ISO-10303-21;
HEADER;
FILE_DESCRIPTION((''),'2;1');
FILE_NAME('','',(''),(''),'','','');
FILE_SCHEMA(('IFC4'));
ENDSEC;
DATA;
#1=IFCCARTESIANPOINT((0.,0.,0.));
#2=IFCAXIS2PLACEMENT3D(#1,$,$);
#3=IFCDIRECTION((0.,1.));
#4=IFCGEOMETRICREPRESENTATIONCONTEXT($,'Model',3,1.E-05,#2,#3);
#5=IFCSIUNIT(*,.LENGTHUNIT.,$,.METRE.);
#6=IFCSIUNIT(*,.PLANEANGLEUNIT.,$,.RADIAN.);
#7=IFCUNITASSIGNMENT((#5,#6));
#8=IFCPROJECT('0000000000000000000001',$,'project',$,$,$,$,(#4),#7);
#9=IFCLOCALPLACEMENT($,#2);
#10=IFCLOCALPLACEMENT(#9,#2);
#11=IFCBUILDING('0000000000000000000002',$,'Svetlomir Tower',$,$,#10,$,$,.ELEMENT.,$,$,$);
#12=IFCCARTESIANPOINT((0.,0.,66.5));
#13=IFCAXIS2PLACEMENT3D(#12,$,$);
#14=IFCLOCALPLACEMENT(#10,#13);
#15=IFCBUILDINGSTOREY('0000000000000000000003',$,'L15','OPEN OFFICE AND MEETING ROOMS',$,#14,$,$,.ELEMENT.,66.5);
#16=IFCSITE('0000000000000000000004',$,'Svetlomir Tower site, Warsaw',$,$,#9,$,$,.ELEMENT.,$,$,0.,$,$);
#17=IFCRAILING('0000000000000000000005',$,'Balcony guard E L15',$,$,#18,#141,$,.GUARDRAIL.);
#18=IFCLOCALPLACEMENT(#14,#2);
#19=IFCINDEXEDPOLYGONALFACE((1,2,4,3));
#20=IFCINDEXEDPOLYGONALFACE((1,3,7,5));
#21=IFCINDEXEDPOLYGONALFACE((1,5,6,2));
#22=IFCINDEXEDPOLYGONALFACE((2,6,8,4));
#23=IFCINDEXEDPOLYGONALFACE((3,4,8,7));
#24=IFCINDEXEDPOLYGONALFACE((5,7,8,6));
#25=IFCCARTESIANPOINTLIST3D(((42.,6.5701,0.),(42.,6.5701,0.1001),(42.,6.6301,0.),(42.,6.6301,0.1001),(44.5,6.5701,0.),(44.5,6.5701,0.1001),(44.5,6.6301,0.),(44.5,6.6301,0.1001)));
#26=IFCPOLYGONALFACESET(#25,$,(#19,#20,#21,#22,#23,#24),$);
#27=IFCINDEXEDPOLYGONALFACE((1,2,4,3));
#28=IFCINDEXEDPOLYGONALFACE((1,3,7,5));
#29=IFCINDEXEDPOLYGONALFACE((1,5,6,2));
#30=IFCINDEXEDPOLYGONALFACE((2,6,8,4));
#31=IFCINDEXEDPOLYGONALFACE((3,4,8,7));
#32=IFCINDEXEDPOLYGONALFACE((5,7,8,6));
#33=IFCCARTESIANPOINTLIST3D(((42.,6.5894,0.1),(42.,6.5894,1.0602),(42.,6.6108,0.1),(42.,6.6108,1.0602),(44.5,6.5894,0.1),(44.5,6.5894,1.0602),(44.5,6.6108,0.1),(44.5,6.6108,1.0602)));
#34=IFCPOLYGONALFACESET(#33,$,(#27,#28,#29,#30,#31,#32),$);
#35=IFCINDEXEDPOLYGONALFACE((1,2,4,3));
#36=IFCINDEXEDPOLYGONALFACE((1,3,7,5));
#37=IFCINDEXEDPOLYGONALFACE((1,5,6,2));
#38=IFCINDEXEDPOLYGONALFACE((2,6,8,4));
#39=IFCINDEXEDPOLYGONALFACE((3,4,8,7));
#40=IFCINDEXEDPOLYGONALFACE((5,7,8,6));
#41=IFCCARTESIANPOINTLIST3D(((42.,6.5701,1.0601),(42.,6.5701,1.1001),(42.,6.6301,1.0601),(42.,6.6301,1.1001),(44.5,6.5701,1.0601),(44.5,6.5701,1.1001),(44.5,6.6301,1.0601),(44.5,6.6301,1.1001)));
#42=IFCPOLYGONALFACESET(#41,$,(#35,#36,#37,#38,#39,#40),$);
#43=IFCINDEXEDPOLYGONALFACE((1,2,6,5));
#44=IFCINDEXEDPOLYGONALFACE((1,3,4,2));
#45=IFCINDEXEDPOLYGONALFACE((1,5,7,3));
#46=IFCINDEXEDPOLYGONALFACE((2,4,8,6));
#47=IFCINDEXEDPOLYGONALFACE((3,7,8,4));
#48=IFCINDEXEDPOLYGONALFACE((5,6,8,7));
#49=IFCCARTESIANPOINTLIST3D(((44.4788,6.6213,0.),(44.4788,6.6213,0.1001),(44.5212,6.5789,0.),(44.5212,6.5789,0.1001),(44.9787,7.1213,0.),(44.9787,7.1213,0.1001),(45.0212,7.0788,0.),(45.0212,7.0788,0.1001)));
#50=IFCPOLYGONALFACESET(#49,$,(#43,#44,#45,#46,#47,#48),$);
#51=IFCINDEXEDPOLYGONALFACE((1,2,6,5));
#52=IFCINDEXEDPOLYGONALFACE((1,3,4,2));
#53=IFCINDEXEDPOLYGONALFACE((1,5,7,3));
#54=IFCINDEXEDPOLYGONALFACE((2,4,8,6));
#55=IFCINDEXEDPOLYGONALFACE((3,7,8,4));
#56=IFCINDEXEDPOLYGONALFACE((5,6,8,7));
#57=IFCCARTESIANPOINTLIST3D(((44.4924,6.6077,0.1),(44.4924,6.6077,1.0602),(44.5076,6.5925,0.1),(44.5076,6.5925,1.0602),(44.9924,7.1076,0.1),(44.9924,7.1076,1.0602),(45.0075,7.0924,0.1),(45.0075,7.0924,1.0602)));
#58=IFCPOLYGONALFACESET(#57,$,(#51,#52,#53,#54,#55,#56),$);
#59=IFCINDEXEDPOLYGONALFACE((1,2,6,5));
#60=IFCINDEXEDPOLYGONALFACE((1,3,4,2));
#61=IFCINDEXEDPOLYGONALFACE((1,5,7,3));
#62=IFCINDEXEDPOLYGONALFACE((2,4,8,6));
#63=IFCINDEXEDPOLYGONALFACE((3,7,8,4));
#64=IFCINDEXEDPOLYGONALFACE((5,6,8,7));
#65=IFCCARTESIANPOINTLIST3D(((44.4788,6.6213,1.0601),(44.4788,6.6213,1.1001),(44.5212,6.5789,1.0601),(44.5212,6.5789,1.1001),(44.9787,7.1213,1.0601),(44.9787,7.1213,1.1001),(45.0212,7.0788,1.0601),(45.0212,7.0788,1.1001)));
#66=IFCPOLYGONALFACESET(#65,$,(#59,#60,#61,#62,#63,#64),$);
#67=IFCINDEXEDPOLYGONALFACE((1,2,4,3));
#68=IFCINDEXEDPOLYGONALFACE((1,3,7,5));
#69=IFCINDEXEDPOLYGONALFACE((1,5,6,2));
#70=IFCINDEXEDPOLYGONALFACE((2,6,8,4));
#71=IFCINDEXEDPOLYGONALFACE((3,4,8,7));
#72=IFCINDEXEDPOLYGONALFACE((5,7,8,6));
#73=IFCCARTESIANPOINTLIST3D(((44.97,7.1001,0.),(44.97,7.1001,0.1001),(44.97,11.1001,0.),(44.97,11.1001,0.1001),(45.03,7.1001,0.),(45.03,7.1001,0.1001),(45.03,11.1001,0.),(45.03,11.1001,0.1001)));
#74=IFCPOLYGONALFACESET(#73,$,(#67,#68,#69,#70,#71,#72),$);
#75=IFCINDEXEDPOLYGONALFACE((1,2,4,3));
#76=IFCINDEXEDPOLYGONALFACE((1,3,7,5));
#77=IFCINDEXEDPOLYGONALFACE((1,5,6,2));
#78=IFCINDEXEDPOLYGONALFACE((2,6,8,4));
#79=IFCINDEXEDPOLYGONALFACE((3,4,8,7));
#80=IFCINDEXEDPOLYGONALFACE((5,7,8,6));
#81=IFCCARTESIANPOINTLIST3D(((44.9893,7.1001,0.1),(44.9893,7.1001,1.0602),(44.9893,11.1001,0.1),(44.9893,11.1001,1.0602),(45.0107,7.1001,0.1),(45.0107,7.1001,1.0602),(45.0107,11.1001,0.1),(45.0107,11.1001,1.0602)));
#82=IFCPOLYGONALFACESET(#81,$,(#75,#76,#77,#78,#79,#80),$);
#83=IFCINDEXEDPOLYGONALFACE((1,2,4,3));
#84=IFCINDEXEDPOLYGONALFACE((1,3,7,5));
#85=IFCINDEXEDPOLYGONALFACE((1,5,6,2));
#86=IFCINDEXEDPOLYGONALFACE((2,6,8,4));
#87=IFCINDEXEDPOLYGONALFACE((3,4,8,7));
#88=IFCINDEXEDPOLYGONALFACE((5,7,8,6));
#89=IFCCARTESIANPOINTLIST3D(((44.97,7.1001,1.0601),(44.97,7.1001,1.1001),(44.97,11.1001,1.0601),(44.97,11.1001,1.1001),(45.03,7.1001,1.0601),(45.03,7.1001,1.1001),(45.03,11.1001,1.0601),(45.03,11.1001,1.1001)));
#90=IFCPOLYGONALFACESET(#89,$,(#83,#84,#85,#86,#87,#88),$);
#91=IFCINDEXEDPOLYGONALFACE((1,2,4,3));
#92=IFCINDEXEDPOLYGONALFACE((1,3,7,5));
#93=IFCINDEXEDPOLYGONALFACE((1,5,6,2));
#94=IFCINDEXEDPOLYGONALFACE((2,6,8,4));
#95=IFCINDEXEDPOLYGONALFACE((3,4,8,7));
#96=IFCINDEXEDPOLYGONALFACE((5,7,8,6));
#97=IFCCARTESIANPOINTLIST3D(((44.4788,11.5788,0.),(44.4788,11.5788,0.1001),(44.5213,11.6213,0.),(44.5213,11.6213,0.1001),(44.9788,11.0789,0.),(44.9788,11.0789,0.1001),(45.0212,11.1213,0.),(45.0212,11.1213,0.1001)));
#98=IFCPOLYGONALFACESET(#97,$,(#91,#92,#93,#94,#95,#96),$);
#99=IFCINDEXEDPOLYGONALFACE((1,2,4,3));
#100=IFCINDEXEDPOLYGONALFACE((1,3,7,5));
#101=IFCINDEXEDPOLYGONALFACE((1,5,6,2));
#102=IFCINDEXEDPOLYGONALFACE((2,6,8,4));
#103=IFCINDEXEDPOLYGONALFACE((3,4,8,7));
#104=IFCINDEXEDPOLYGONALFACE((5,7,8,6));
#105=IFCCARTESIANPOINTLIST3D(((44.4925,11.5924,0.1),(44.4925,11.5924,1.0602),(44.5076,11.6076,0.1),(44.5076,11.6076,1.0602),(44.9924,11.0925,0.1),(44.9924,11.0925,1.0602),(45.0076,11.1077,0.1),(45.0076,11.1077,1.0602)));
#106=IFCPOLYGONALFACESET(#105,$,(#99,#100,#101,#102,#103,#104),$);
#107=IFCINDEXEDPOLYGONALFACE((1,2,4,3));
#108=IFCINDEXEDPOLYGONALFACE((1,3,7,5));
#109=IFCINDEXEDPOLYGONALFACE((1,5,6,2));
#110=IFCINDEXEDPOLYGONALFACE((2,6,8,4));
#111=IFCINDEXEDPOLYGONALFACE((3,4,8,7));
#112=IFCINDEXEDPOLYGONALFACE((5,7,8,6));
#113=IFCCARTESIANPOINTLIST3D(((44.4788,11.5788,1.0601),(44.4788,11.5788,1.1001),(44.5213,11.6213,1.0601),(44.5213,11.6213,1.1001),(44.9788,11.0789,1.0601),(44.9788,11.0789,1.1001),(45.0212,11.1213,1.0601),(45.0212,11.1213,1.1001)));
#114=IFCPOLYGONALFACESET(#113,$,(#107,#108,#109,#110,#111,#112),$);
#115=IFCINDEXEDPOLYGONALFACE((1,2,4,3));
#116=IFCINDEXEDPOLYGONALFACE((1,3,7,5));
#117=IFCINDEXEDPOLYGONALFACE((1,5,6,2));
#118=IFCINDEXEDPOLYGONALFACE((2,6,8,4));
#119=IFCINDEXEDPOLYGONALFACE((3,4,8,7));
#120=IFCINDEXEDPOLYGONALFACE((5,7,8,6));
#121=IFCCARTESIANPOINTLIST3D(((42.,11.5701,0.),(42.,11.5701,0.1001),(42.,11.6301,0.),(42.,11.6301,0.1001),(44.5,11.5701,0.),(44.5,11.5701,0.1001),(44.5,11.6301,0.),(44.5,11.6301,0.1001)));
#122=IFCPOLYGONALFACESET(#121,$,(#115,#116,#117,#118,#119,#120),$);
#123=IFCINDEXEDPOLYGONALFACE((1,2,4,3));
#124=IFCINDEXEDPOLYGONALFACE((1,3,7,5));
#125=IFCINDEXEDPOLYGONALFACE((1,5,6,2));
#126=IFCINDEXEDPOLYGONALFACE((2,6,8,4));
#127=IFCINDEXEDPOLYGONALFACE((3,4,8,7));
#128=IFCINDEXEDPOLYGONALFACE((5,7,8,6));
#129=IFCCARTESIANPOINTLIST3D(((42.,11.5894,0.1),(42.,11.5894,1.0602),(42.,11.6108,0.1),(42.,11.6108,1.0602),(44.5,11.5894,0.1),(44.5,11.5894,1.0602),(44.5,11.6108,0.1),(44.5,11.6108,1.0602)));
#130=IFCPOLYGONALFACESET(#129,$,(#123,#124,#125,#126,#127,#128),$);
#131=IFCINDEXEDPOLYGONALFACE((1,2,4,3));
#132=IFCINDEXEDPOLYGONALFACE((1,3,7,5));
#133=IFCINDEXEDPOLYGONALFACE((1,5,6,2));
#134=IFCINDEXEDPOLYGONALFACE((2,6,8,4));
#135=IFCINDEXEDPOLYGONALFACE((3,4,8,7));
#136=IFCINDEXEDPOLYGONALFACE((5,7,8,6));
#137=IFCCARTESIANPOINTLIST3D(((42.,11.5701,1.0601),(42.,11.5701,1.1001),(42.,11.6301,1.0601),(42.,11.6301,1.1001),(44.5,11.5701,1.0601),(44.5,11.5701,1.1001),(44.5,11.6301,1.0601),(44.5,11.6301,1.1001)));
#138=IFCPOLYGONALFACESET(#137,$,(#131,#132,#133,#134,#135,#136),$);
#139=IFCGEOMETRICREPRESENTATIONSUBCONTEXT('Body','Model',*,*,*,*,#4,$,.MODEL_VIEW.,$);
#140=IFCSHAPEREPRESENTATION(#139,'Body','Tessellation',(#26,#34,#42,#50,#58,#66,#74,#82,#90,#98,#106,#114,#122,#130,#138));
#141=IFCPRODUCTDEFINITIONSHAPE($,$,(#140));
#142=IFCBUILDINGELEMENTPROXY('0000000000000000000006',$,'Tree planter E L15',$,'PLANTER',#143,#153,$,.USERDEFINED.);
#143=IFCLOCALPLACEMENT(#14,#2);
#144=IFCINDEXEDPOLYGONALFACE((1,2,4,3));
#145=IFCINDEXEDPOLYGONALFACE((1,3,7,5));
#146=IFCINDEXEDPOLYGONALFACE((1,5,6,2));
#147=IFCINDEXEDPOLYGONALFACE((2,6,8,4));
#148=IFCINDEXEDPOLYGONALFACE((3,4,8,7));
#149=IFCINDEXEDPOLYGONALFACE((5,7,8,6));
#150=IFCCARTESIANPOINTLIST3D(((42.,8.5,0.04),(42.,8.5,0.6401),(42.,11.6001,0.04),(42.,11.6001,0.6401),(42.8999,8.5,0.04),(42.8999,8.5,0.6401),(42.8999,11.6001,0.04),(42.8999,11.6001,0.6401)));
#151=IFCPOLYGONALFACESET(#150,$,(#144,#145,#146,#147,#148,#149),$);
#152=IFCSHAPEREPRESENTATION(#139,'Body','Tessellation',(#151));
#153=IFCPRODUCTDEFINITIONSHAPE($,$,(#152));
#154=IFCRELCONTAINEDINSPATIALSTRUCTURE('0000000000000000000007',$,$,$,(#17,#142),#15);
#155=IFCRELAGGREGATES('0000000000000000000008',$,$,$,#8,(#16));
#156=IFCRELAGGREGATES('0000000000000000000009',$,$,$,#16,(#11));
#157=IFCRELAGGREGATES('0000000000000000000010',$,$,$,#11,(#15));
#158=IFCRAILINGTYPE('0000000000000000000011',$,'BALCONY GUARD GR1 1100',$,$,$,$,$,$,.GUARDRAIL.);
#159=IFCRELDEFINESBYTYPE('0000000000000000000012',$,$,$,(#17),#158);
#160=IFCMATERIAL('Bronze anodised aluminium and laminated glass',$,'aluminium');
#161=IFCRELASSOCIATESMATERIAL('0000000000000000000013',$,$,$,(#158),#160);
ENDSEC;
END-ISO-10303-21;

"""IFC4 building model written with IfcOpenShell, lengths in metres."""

from ifc_helpers import new_model, si_unit, direction, frame, origin, origin_2d, place, context, subcontext, project, spatial, rectangle, extrude, material, type_object, element, save


model = new_model("IFC4")

# Units and contexts
model_context = context("Model", 3, precision=1e-05, world=origin(), true_north=direction((0.0, 1.0)))
body_context = subcontext(model_context, "Body", "Model", "MODEL_VIEW")
ifc_project = project(units=[si_unit("LENGTHUNIT", "METRE"), si_unit("PLANEANGLEUNIT", "RADIAN")], contexts=[model_context])

# Site, building, storey
site_placement = place(None, origin())
site = spatial("IfcSite", under=ifc_project, at=site_placement, Name="Svetlomir Tower site, Warsaw", CompositionType="ELEMENT", RefElevation=0.0)
building_placement = place(site_placement, origin())
building = spatial("IfcBuilding", under=site, at=building_placement, Name="Svetlomir Tower", CompositionType="ELEMENT")
storey_placement = place(building_placement, frame((0.0, 0.0, 66.5)))
storey = spatial("IfcBuildingStorey", under=building, at=storey_placement, Name="L15", Description="OPEN OFFICE AND MEETING ROOMS", CompositionType="ELEMENT", Elevation=66.5)

# Railing
ifc_material_1 = material(Name="Bronze anodised aluminium and laminated glass", Category="aluminium")
railing_type = type_object("IfcRailingType", Name="BALCONY GUARD GR1 1100", PredefinedType="GUARDRAIL", material=ifc_material_1)
railing_placement = place(storey_placement, frame((42.0, 6.6001, 0.0)))
element("IfcRailing", 1, at=railing_placement, inside=storey, type_object=railing_type, Name="Balcony guard E L15", PredefinedType="GUARDRAIL", context=body_context, shape_type="SweptSolid", body=[
    extrude(rectangle(XDim=0.0601, YDim=0.1001, at=origin_2d()), frame((0.0, 0.0, 0.05), z_axis=(1.0, 0.0, 0.0), x_axis=(0.0, 1.0, 0.0)), (0.0, 0.0, 1.0), 2.5),
    extrude(rectangle(XDim=0.0215, YDim=0.9602, at=origin_2d()), frame((0.0, 0.0, 0.5801), z_axis=(1.0, 0.0, 0.0), x_axis=(0.0, 1.0, 0.0)), (0.0, 0.0, 1.0), 2.5),
    extrude(rectangle(XDim=0.0601, YDim=0.04, at=origin_2d()), frame((0.0, 0.0, 1.0801), z_axis=(1.0, 0.0, 0.0), x_axis=(0.0, 1.0, 0.0)), (0.0, 0.0, 1.0), 2.5),
    extrude(rectangle(XDim=0.0601, YDim=0.1001, at=origin_2d()), frame((2.5, 0.0, 0.05), z_axis=(0.707107, 0.707107, 0.0), x_axis=(-0.707107, 0.707107, 0.0)), (0.0, 0.0, 1.0), 0.707),
    extrude(rectangle(XDim=0.0215, YDim=0.9602, at=origin_2d()), frame((2.5, 0.0, 0.5801), z_axis=(0.707107, 0.707107, 0.0), x_axis=(-0.707107, 0.707107, 0.0)), (0.0, 0.0, 1.0), 0.707),
    extrude(rectangle(XDim=0.0601, YDim=0.04, at=origin_2d()), frame((2.5, 0.0, 1.0801), z_axis=(0.707107, 0.707107, 0.0), x_axis=(-0.707107, 0.707107, 0.0)), (0.0, 0.0, 1.0), 0.707),
    extrude(rectangle(XDim=0.0601, YDim=0.1001, at=origin_2d()), frame((3.0, 0.5, 0.05), z_axis=(0.0, 1.0, 0.0), x_axis=(-1.0, 0.0, 0.0)), (0.0, 0.0, 1.0), 4.0),
    extrude(rectangle(XDim=0.0215, YDim=0.9602, at=origin_2d()), frame((3.0, 0.5, 0.5801), z_axis=(0.0, 1.0, 0.0), x_axis=(-1.0, 0.0, 0.0)), (0.0, 0.0, 1.0), 4.0),
    extrude(rectangle(XDim=0.0601, YDim=0.04, at=origin_2d()), frame((3.0, 0.5, 1.0801), z_axis=(0.0, 1.0, 0.0), x_axis=(-1.0, 0.0, 0.0)), (0.0, 0.0, 1.0), 4.0),
    extrude(rectangle(XDim=0.0601, YDim=0.1001, at=origin_2d()), frame((3.0, 4.5, 0.05), z_axis=(-0.707107, 0.707107, 0.0), x_axis=(-0.707107, -0.707107, 0.0)), (0.0, 0.0, 1.0), 0.707),
    extrude(rectangle(XDim=0.0215, YDim=0.9602, at=origin_2d()), frame((3.0, 4.5, 0.5801), z_axis=(-0.707107, 0.707107, 0.0), x_axis=(-0.707107, -0.707107, 0.0)), (0.0, 0.0, 1.0), 0.707),
    extrude(rectangle(XDim=0.0601, YDim=0.04, at=origin_2d()), frame((3.0, 4.5, 1.0801), z_axis=(-0.707107, 0.707107, 0.0), x_axis=(-0.707107, -0.707107, 0.0)), (0.0, 0.0, 1.0), 0.707),
    extrude(rectangle(XDim=0.0601, YDim=0.1001, at=origin_2d()), frame((2.5, 5.0, 0.05), z_axis=(-1.0, 0.0, 0.0), x_axis=(0.0, -1.0, 0.0)), (0.0, 0.0, 1.0), 2.5),
    extrude(rectangle(XDim=0.0215, YDim=0.9602, at=origin_2d()), frame((2.5, 5.0, 0.5801), z_axis=(-1.0, 0.0, 0.0), x_axis=(0.0, -1.0, 0.0)), (0.0, 0.0, 1.0), 2.5),
    extrude(rectangle(XDim=0.0601, YDim=0.04, at=origin_2d()), frame((2.5, 5.0, 1.0801), z_axis=(-1.0, 0.0, 0.0), x_axis=(0.0, -1.0, 0.0)), (0.0, 0.0, 1.0), 2.5),
])

# Building element proxy
proxy_placement = place(storey_placement, frame((42.45, 10.05, 0.04), z_axis=(0.0, 0.0, 1.0), x_axis=(1.0, 0.0, 0.0)))
element("IfcBuildingElementProxy", 2, at=proxy_placement, inside=storey, Name="Tree planter E L15", ObjectType="PLANTER", PredefinedType="USERDEFINED", context=body_context, shape_type="SweptSolid", body=[
    extrude(rectangle(XDim=0.8999, YDim=3.1001, at=origin_2d()), origin(), (0.0, 0.0, 1.0), 0.6001),
])

save(model, "model.ifc")
